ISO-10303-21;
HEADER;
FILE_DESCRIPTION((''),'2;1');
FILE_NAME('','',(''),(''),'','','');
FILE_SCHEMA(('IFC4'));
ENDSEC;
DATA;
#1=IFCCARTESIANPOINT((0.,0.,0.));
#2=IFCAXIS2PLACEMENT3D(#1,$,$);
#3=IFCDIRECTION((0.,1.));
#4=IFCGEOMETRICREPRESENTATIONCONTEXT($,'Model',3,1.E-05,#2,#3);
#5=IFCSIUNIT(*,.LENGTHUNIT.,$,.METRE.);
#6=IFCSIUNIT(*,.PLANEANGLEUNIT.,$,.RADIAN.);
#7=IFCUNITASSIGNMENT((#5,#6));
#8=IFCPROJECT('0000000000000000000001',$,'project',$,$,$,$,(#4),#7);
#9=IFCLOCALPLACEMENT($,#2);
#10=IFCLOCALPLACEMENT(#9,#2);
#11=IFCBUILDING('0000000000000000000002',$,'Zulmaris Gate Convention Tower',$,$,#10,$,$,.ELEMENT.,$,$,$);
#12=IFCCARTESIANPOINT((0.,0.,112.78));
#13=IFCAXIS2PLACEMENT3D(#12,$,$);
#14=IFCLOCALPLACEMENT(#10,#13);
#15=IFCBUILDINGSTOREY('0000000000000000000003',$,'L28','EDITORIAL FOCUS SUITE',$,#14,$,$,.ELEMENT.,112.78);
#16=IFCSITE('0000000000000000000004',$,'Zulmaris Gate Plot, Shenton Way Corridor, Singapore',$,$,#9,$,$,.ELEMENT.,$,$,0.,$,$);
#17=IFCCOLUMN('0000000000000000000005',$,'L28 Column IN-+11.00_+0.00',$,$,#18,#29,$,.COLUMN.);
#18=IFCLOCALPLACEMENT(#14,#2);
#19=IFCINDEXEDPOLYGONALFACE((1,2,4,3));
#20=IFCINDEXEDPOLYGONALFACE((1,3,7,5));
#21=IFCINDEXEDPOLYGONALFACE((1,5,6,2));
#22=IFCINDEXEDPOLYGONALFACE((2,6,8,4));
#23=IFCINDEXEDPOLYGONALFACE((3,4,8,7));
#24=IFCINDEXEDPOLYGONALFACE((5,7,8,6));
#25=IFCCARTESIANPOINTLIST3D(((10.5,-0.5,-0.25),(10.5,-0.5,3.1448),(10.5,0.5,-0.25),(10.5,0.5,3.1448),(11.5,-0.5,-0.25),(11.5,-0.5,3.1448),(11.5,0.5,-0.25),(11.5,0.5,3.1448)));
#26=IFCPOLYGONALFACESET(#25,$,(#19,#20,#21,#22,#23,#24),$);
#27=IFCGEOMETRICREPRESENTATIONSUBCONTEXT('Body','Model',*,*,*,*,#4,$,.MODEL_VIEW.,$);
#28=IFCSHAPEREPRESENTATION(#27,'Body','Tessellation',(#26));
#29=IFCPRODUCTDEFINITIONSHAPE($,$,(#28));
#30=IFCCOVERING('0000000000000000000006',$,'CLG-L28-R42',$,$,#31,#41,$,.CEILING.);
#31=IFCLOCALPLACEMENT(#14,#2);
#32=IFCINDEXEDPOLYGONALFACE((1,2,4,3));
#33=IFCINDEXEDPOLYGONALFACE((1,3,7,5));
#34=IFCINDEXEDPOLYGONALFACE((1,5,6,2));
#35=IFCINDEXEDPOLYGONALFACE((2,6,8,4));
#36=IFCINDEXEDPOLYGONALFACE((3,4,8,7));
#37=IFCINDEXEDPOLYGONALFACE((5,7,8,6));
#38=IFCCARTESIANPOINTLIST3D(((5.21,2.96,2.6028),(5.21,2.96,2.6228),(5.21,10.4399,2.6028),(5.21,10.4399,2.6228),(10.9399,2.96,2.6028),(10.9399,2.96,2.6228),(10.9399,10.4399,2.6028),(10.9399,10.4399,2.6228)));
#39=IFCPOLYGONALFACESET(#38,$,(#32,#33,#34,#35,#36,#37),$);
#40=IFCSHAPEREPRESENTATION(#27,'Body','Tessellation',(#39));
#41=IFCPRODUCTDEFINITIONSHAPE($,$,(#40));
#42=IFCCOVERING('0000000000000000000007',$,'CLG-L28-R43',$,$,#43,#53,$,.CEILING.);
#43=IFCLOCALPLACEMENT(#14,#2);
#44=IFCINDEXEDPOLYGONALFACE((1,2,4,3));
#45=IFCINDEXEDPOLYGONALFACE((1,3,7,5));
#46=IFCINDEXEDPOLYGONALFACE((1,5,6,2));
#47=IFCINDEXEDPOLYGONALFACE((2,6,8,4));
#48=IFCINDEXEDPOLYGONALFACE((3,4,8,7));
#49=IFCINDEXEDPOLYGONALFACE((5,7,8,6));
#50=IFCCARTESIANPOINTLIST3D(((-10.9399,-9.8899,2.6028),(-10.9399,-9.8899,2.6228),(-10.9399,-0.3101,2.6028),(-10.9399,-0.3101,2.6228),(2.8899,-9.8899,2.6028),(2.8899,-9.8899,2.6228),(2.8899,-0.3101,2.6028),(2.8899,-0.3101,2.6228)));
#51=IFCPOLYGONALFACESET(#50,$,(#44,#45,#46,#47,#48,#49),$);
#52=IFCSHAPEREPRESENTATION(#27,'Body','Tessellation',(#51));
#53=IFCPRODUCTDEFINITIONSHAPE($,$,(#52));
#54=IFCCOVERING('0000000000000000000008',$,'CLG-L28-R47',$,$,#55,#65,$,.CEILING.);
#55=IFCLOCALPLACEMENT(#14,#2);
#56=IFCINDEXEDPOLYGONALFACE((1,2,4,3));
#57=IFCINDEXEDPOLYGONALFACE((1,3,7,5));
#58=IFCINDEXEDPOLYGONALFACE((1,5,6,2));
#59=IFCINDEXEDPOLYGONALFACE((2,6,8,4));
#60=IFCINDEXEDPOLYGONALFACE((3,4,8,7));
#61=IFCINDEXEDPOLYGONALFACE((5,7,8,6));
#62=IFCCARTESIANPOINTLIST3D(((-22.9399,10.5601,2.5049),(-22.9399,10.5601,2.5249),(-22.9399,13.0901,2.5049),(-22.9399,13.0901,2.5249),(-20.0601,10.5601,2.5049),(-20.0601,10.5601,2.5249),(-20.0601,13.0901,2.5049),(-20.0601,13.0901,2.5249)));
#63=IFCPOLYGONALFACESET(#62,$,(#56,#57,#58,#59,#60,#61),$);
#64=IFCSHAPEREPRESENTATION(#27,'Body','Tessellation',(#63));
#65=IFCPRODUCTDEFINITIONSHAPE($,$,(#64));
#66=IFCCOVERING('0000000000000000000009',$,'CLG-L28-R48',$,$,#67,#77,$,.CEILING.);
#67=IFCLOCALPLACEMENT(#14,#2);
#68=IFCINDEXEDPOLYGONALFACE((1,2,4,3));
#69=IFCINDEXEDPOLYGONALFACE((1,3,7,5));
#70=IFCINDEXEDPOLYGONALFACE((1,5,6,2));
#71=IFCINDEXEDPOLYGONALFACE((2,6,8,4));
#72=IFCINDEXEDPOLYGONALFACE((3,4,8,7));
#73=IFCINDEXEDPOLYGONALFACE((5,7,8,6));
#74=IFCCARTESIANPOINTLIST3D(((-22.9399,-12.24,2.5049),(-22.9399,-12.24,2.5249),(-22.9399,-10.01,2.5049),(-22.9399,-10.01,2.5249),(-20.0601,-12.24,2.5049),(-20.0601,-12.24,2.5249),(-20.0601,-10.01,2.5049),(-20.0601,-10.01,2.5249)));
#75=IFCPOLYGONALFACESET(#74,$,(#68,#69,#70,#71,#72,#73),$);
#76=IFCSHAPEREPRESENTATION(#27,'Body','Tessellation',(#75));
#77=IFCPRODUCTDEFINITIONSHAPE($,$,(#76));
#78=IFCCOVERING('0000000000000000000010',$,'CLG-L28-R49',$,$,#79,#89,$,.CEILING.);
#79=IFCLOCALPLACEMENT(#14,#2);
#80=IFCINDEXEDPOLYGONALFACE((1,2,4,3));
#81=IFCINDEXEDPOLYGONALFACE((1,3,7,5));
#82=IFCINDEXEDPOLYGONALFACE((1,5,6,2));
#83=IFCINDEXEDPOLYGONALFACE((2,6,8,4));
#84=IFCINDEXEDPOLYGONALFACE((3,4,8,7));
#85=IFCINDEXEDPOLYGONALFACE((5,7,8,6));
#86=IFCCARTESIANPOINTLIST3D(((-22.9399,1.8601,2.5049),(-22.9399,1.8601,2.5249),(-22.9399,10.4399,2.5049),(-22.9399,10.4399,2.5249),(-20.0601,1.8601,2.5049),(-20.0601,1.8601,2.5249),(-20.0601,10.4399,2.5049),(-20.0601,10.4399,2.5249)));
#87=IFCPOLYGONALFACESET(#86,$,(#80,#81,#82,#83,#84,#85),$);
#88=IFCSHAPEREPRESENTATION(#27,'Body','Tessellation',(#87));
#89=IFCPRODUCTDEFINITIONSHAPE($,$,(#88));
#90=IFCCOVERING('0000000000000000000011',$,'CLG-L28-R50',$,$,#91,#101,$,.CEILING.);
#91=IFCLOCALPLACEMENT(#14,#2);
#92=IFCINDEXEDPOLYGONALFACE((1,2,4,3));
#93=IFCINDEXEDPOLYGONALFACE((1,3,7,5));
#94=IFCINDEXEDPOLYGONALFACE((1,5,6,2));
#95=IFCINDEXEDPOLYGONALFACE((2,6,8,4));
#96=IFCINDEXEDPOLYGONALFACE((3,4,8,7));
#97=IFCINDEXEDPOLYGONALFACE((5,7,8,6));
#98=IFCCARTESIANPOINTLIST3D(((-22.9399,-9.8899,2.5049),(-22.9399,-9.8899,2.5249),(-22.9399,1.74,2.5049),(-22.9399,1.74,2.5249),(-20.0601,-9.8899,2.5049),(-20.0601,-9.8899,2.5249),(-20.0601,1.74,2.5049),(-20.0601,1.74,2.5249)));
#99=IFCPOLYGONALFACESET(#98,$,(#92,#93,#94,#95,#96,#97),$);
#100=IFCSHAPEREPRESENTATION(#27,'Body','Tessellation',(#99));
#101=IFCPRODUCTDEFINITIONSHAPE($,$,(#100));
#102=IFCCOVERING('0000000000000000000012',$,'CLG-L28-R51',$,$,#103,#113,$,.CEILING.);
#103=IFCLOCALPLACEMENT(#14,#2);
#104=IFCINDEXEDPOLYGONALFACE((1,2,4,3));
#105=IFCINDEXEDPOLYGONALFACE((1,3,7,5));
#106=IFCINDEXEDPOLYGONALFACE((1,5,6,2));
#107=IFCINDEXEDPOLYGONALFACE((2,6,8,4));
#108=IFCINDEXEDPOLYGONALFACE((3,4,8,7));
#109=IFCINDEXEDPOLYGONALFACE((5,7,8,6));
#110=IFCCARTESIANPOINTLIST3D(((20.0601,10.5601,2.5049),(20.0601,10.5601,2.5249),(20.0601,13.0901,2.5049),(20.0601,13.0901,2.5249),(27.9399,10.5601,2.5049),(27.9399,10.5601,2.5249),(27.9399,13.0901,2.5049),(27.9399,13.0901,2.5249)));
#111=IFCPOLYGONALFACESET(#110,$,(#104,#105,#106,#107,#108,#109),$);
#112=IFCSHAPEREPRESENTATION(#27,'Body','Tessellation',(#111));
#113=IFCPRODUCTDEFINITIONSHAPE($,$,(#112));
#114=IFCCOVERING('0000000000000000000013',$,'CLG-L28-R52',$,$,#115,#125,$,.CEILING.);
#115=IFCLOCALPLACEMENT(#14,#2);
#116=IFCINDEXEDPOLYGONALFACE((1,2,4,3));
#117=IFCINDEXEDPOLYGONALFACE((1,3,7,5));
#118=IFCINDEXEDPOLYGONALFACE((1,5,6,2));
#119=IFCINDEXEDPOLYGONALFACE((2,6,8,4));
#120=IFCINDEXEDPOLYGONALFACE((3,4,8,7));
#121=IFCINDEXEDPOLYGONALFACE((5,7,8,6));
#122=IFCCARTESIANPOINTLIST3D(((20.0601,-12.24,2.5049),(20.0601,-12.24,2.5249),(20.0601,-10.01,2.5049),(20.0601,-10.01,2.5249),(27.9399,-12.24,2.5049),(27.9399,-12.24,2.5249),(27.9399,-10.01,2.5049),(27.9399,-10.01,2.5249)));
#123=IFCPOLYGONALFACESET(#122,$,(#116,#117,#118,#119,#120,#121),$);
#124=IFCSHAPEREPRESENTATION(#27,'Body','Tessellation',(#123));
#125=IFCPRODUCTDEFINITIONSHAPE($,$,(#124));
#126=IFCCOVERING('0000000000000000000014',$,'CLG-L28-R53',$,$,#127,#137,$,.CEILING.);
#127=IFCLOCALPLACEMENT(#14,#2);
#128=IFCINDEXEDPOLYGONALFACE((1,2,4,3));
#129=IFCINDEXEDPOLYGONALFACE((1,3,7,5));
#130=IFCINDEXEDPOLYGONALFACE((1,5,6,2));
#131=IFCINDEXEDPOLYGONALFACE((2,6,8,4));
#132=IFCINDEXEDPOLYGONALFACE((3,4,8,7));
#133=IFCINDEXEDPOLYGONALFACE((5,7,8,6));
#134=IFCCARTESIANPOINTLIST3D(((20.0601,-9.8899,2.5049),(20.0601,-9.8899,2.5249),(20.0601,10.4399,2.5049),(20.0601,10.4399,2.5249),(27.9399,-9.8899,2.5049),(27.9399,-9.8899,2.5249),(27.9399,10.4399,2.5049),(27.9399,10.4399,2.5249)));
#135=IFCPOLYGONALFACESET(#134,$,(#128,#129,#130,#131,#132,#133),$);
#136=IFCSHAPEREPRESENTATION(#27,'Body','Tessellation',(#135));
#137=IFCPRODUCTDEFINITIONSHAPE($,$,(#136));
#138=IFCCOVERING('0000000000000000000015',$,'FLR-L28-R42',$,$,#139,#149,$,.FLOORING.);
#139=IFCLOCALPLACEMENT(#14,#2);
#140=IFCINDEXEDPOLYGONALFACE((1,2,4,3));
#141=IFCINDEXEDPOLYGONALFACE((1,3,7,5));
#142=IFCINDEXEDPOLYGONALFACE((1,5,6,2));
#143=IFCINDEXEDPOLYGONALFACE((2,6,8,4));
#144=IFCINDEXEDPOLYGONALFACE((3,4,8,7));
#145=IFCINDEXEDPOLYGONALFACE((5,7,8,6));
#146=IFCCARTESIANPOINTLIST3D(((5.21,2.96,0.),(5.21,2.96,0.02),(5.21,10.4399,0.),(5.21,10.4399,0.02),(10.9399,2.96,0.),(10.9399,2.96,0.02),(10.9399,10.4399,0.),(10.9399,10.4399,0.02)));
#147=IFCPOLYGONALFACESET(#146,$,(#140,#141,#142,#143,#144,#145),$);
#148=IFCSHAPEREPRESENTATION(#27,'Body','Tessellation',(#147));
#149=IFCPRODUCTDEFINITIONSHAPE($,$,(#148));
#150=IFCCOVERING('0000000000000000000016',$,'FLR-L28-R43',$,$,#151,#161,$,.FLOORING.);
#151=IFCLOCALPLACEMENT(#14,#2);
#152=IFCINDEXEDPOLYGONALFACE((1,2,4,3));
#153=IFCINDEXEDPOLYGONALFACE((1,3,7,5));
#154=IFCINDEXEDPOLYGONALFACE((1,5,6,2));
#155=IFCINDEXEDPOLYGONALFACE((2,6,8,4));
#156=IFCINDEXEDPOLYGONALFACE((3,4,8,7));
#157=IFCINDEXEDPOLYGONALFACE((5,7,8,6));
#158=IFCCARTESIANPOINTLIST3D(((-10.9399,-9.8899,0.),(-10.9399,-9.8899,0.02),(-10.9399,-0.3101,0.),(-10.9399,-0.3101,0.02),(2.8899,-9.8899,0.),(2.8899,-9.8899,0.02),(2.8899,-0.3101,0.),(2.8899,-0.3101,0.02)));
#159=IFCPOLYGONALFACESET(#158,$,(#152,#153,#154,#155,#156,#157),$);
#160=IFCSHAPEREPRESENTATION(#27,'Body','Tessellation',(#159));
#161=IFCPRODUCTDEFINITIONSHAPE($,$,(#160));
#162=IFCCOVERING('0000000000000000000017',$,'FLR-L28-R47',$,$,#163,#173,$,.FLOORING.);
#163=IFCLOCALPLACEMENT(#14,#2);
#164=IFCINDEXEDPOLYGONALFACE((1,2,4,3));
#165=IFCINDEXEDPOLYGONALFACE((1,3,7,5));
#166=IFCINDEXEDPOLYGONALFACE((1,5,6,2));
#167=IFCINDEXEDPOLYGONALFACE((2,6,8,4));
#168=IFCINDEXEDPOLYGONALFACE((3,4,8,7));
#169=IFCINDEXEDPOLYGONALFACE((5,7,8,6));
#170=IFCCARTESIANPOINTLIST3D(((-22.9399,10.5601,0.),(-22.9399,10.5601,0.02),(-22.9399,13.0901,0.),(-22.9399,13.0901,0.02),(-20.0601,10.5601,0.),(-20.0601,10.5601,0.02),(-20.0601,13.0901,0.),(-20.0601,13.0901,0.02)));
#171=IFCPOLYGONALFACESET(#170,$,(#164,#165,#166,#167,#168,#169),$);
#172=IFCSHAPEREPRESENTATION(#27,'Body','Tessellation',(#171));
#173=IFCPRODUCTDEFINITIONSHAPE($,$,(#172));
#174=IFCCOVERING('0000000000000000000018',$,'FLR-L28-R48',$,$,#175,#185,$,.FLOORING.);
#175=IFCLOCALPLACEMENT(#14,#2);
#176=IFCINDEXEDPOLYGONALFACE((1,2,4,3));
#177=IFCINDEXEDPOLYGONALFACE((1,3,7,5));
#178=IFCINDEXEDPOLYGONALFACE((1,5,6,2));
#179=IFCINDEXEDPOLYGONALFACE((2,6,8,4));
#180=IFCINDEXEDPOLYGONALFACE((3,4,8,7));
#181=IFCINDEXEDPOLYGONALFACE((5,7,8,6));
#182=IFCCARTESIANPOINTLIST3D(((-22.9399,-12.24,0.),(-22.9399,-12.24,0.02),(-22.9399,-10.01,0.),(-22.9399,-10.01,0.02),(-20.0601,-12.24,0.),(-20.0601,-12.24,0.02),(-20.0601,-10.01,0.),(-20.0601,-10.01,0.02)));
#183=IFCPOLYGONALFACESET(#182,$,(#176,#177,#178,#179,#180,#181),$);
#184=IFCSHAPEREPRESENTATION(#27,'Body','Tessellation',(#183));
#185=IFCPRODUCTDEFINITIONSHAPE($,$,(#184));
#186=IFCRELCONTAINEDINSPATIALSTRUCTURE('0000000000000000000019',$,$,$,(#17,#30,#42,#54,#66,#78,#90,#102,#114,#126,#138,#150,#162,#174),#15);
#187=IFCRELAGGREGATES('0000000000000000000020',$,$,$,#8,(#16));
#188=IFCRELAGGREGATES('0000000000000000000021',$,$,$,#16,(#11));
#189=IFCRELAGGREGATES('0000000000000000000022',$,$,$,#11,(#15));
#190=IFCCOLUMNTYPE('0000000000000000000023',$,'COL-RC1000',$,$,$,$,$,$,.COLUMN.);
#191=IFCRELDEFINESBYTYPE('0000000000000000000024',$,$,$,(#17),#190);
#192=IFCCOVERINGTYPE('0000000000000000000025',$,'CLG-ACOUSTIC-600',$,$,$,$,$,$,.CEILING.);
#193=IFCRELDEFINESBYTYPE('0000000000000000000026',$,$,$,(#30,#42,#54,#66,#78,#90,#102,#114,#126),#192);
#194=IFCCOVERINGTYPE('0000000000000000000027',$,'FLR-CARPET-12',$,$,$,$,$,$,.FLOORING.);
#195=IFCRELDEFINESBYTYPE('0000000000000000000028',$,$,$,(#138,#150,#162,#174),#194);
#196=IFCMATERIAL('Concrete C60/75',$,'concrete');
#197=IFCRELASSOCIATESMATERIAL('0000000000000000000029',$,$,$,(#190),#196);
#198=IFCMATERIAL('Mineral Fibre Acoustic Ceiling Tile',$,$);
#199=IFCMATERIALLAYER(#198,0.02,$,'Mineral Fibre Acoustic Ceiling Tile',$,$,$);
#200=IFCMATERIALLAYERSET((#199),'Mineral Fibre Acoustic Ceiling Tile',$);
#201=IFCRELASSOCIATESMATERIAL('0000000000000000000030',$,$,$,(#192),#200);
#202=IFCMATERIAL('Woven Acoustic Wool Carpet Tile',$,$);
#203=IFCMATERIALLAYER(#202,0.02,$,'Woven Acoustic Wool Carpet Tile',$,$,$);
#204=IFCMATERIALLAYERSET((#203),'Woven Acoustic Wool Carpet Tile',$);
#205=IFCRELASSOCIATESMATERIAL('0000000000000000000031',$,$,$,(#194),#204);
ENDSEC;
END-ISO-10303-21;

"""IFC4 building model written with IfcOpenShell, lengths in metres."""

from ifc_helpers import new_model, si_unit, direction, frame, origin, origin_2d, place, context, subcontext, project, spatial, polyline, rectangle, outline, extrude, material, layer, layer_set, material_profile, profile_set, type_object, element, save


model = new_model("IFC4")

# Units and contexts
model_context = context("Model", 3, precision=1e-05, world=origin(), true_north=direction((0.0, 1.0)))
body_context = subcontext(model_context, "Body", "Model", "MODEL_VIEW")
ifc_project = project(units=[si_unit("LENGTHUNIT", "METRE"), si_unit("PLANEANGLEUNIT", "RADIAN")], contexts=[model_context])

# Site, building, storey
site_placement = place(None, origin())
site = spatial("IfcSite", under=ifc_project, at=site_placement, Name="Zulmaris Gate Plot, Shenton Way Corridor, Singapore", CompositionType="ELEMENT", RefElevation=0.0)
building_placement = place(site_placement, origin())
building = spatial("IfcBuilding", under=site, at=building_placement, Name="Zulmaris Gate Convention Tower", CompositionType="ELEMENT")
storey_placement = place(building_placement, frame((0.0, 0.0, 112.78)))
storey = spatial("IfcBuildingStorey", under=building, at=storey_placement, Name="L28", Description="EDITORIAL FOCUS SUITE", CompositionType="ELEMENT", Elevation=112.78)

# Column
ifc_material_1 = material(Name="Concrete C60/75", Category="concrete")
ifc_material_profile = material_profile(ifc_material_1, rectangle(XDim=1.0, YDim=1.0, at=origin_2d()), Name="RC COL 1000x1000")
ifc_profile_set = profile_set([ifc_material_profile], Name="Concrete C60/75")
column_type = type_object("IfcColumnType", Name="COL-RC1000", PredefinedType="COLUMN", material=ifc_profile_set)
column_placement = place(storey_placement, frame((11.0, 0.0, -0.25), z_axis=(0.0, 0.0, 1.0), x_axis=(1.0, 0.0, 0.0)))
element("IfcColumn", 1, at=column_placement, inside=storey, type_object=column_type, Name="L28 Column IN-+11.00_+0.00", PredefinedType="COLUMN", context=body_context, shape_type="SweptSolid", body=[
    extrude(rectangle(XDim=1.0, YDim=1.0, at=origin_2d()), origin(), (0.0, 0.0, 1.0), 3.3948),
])

# Coverings
ifc_material_2 = material(Name="Mineral Fibre Acoustic Ceiling Tile")
ifc_layer_1 = layer(ifc_material_2, 0.02, Name="Mineral Fibre Acoustic Ceiling Tile")
ifc_layer_set_1 = layer_set([ifc_layer_1], Name="Mineral Fibre Acoustic Ceiling Tile")
covering_type_1 = type_object("IfcCoveringType", Name="CLG-ACOUSTIC-600", PredefinedType="CEILING", material=ifc_layer_set_1)
covering_1_placement = place(storey_placement, frame((0.0, 0.0, 2.6028)))
element("IfcCovering", 2, at=covering_1_placement, inside=storey, type_object=covering_type_1, Name="CLG-L28-R42", PredefinedType="CEILING", context=body_context, shape_type="SweptSolid", body=[
    extrude(outline(polyline([(5.21, 2.96), (10.9399, 2.96), (10.9399, 10.4399), (5.21, 10.4399), (5.21, 2.96)])), origin(), (0.0, 0.0, 1.0), 0.02),
])
covering_2_placement = place(storey_placement, frame((0.0, 0.0, 2.6028)))
element("IfcCovering", 3, at=covering_2_placement, inside=storey, type_object=covering_type_1, Name="CLG-L28-R43", PredefinedType="CEILING", context=body_context, shape_type="SweptSolid", body=[
    extrude(outline(polyline([(-10.9399, -9.8899), (2.8899, -9.8899), (2.8899, -0.3101), (-10.9399, -0.3101), (-10.9399, -9.8899)])), origin(), (0.0, 0.0, 1.0), 0.02),
])
covering_3_placement = place(storey_placement, frame((0.0, 0.0, 2.5049)))
element("IfcCovering", 4, at=covering_3_placement, inside=storey, type_object=covering_type_1, Name="CLG-L28-R47", PredefinedType="CEILING", context=body_context, shape_type="SweptSolid", body=[
    extrude(outline(polyline([(-22.9399, 10.5601), (-20.0601, 10.5601), (-20.0601, 13.0901), (-22.9399, 13.0901), (-22.9399, 10.5601)])), origin(), (0.0, 0.0, 1.0), 0.02),
])
covering_4_placement = place(storey_placement, frame((0.0, 0.0, 2.5049)))
element("IfcCovering", 5, at=covering_4_placement, inside=storey, type_object=covering_type_1, Name="CLG-L28-R48", PredefinedType="CEILING", context=body_context, shape_type="SweptSolid", body=[
    extrude(outline(polyline([(-22.9399, -12.24), (-20.0601, -12.24), (-20.0601, -10.01), (-22.9399, -10.01), (-22.9399, -12.24)])), origin(), (0.0, 0.0, 1.0), 0.02),
])
covering_5_placement = place(storey_placement, frame((0.0, 0.0, 2.5049)))
element("IfcCovering", 6, at=covering_5_placement, inside=storey, type_object=covering_type_1, Name="CLG-L28-R49", PredefinedType="CEILING", context=body_context, shape_type="SweptSolid", body=[
    extrude(outline(polyline([(-22.9399, 1.8601), (-20.0601, 1.8601), (-20.0601, 10.4399), (-22.9399, 10.4399), (-22.9399, 1.8601)])), origin(), (0.0, 0.0, 1.0), 0.02),
])
covering_6_placement = place(storey_placement, frame((0.0, 0.0, 2.5049)))
element("IfcCovering", 7, at=covering_6_placement, inside=storey, type_object=covering_type_1, Name="CLG-L28-R50", PredefinedType="CEILING", context=body_context, shape_type="SweptSolid", body=[
    extrude(outline(polyline([(-22.9399, -9.8899), (-20.0601, -9.8899), (-20.0601, 1.74), (-22.9399, 1.74), (-22.9399, -9.8899)])), origin(), (0.0, 0.0, 1.0), 0.02),
])
covering_7_placement = place(storey_placement, frame((0.0, 0.0, 2.5049)))
element("IfcCovering", 8, at=covering_7_placement, inside=storey, type_object=covering_type_1, Name="CLG-L28-R51", PredefinedType="CEILING", context=body_context, shape_type="SweptSolid", body=[
    extrude(outline(polyline([(20.0601, 10.5601), (27.9399, 10.5601), (27.9399, 13.0901), (20.0601, 13.0901), (20.0601, 10.5601)])), origin(), (0.0, 0.0, 1.0), 0.02),
])
covering_8_placement = place(storey_placement, frame((0.0, 0.0, 2.5049)))
element("IfcCovering", 9, at=covering_8_placement, inside=storey, type_object=covering_type_1, Name="CLG-L28-R52", PredefinedType="CEILING", context=body_context, shape_type="SweptSolid", body=[
    extrude(outline(polyline([(20.0601, -12.24), (27.9399, -12.24), (27.9399, -10.01), (20.0601, -10.01), (20.0601, -12.24)])), origin(), (0.0, 0.0, 1.0), 0.02),
])
covering_9_placement = place(storey_placement, frame((0.0, 0.0, 2.5049)))
element("IfcCovering", 10, at=covering_9_placement, inside=storey, type_object=covering_type_1, Name="CLG-L28-R53", PredefinedType="CEILING", context=body_context, shape_type="SweptSolid", body=[
    extrude(outline(polyline([(20.0601, -9.8899), (27.9399, -9.8899), (27.9399, 10.4399), (20.0601, 10.4399), (20.0601, -9.8899)])), origin(), (0.0, 0.0, 1.0), 0.02),
])
ifc_material_3 = material(Name="Woven Acoustic Wool Carpet Tile")
ifc_layer_2 = layer(ifc_material_3, 0.02, Name="Woven Acoustic Wool Carpet Tile")
ifc_layer_set_2 = layer_set([ifc_layer_2], Name="Woven Acoustic Wool Carpet Tile")
covering_type_2 = type_object("IfcCoveringType", Name="FLR-CARPET-12", PredefinedType="FLOORING", material=ifc_layer_set_2)
covering_10_placement = place(storey_placement, origin())
element("IfcCovering", 11, at=covering_10_placement, inside=storey, type_object=covering_type_2, Name="FLR-L28-R42", PredefinedType="FLOORING", context=body_context, shape_type="SweptSolid", body=[
    extrude(outline(polyline([(5.21, 2.96), (10.9399, 2.96), (10.9399, 10.4399), (5.21, 10.4399), (5.21, 2.96)])), origin(), (0.0, 0.0, 1.0), 0.02),
])
covering_11_placement = place(storey_placement, origin())
element("IfcCovering", 12, at=covering_11_placement, inside=storey, type_object=covering_type_2, Name="FLR-L28-R43", PredefinedType="FLOORING", context=body_context, shape_type="SweptSolid", body=[
    extrude(outline(polyline([(-10.9399, -9.8899), (2.8899, -9.8899), (2.8899, -0.3101), (-10.9399, -0.3101), (-10.9399, -9.8899)])), origin(), (0.0, 0.0, 1.0), 0.02),
])
covering_12_placement = place(storey_placement, origin())
element("IfcCovering", 13, at=covering_12_placement, inside=storey, type_object=covering_type_2, Name="FLR-L28-R47", PredefinedType="FLOORING", context=body_context, shape_type="SweptSolid", body=[
    extrude(outline(polyline([(-22.9399, 10.5601), (-20.0601, 10.5601), (-20.0601, 13.0901), (-22.9399, 13.0901), (-22.9399, 10.5601)])), origin(), (0.0, 0.0, 1.0), 0.02),
])
covering_13_placement = place(storey_placement, origin())
element("IfcCovering", 14, at=covering_13_placement, inside=storey, type_object=covering_type_2, Name="FLR-L28-R48", PredefinedType="FLOORING", context=body_context, shape_type="SweptSolid", body=[
    extrude(outline(polyline([(-22.9399, -12.24), (-20.0601, -12.24), (-20.0601, -10.01), (-22.9399, -10.01), (-22.9399, -12.24)])), origin(), (0.0, 0.0, 1.0), 0.02),
])

save(model, "model.ifc")
